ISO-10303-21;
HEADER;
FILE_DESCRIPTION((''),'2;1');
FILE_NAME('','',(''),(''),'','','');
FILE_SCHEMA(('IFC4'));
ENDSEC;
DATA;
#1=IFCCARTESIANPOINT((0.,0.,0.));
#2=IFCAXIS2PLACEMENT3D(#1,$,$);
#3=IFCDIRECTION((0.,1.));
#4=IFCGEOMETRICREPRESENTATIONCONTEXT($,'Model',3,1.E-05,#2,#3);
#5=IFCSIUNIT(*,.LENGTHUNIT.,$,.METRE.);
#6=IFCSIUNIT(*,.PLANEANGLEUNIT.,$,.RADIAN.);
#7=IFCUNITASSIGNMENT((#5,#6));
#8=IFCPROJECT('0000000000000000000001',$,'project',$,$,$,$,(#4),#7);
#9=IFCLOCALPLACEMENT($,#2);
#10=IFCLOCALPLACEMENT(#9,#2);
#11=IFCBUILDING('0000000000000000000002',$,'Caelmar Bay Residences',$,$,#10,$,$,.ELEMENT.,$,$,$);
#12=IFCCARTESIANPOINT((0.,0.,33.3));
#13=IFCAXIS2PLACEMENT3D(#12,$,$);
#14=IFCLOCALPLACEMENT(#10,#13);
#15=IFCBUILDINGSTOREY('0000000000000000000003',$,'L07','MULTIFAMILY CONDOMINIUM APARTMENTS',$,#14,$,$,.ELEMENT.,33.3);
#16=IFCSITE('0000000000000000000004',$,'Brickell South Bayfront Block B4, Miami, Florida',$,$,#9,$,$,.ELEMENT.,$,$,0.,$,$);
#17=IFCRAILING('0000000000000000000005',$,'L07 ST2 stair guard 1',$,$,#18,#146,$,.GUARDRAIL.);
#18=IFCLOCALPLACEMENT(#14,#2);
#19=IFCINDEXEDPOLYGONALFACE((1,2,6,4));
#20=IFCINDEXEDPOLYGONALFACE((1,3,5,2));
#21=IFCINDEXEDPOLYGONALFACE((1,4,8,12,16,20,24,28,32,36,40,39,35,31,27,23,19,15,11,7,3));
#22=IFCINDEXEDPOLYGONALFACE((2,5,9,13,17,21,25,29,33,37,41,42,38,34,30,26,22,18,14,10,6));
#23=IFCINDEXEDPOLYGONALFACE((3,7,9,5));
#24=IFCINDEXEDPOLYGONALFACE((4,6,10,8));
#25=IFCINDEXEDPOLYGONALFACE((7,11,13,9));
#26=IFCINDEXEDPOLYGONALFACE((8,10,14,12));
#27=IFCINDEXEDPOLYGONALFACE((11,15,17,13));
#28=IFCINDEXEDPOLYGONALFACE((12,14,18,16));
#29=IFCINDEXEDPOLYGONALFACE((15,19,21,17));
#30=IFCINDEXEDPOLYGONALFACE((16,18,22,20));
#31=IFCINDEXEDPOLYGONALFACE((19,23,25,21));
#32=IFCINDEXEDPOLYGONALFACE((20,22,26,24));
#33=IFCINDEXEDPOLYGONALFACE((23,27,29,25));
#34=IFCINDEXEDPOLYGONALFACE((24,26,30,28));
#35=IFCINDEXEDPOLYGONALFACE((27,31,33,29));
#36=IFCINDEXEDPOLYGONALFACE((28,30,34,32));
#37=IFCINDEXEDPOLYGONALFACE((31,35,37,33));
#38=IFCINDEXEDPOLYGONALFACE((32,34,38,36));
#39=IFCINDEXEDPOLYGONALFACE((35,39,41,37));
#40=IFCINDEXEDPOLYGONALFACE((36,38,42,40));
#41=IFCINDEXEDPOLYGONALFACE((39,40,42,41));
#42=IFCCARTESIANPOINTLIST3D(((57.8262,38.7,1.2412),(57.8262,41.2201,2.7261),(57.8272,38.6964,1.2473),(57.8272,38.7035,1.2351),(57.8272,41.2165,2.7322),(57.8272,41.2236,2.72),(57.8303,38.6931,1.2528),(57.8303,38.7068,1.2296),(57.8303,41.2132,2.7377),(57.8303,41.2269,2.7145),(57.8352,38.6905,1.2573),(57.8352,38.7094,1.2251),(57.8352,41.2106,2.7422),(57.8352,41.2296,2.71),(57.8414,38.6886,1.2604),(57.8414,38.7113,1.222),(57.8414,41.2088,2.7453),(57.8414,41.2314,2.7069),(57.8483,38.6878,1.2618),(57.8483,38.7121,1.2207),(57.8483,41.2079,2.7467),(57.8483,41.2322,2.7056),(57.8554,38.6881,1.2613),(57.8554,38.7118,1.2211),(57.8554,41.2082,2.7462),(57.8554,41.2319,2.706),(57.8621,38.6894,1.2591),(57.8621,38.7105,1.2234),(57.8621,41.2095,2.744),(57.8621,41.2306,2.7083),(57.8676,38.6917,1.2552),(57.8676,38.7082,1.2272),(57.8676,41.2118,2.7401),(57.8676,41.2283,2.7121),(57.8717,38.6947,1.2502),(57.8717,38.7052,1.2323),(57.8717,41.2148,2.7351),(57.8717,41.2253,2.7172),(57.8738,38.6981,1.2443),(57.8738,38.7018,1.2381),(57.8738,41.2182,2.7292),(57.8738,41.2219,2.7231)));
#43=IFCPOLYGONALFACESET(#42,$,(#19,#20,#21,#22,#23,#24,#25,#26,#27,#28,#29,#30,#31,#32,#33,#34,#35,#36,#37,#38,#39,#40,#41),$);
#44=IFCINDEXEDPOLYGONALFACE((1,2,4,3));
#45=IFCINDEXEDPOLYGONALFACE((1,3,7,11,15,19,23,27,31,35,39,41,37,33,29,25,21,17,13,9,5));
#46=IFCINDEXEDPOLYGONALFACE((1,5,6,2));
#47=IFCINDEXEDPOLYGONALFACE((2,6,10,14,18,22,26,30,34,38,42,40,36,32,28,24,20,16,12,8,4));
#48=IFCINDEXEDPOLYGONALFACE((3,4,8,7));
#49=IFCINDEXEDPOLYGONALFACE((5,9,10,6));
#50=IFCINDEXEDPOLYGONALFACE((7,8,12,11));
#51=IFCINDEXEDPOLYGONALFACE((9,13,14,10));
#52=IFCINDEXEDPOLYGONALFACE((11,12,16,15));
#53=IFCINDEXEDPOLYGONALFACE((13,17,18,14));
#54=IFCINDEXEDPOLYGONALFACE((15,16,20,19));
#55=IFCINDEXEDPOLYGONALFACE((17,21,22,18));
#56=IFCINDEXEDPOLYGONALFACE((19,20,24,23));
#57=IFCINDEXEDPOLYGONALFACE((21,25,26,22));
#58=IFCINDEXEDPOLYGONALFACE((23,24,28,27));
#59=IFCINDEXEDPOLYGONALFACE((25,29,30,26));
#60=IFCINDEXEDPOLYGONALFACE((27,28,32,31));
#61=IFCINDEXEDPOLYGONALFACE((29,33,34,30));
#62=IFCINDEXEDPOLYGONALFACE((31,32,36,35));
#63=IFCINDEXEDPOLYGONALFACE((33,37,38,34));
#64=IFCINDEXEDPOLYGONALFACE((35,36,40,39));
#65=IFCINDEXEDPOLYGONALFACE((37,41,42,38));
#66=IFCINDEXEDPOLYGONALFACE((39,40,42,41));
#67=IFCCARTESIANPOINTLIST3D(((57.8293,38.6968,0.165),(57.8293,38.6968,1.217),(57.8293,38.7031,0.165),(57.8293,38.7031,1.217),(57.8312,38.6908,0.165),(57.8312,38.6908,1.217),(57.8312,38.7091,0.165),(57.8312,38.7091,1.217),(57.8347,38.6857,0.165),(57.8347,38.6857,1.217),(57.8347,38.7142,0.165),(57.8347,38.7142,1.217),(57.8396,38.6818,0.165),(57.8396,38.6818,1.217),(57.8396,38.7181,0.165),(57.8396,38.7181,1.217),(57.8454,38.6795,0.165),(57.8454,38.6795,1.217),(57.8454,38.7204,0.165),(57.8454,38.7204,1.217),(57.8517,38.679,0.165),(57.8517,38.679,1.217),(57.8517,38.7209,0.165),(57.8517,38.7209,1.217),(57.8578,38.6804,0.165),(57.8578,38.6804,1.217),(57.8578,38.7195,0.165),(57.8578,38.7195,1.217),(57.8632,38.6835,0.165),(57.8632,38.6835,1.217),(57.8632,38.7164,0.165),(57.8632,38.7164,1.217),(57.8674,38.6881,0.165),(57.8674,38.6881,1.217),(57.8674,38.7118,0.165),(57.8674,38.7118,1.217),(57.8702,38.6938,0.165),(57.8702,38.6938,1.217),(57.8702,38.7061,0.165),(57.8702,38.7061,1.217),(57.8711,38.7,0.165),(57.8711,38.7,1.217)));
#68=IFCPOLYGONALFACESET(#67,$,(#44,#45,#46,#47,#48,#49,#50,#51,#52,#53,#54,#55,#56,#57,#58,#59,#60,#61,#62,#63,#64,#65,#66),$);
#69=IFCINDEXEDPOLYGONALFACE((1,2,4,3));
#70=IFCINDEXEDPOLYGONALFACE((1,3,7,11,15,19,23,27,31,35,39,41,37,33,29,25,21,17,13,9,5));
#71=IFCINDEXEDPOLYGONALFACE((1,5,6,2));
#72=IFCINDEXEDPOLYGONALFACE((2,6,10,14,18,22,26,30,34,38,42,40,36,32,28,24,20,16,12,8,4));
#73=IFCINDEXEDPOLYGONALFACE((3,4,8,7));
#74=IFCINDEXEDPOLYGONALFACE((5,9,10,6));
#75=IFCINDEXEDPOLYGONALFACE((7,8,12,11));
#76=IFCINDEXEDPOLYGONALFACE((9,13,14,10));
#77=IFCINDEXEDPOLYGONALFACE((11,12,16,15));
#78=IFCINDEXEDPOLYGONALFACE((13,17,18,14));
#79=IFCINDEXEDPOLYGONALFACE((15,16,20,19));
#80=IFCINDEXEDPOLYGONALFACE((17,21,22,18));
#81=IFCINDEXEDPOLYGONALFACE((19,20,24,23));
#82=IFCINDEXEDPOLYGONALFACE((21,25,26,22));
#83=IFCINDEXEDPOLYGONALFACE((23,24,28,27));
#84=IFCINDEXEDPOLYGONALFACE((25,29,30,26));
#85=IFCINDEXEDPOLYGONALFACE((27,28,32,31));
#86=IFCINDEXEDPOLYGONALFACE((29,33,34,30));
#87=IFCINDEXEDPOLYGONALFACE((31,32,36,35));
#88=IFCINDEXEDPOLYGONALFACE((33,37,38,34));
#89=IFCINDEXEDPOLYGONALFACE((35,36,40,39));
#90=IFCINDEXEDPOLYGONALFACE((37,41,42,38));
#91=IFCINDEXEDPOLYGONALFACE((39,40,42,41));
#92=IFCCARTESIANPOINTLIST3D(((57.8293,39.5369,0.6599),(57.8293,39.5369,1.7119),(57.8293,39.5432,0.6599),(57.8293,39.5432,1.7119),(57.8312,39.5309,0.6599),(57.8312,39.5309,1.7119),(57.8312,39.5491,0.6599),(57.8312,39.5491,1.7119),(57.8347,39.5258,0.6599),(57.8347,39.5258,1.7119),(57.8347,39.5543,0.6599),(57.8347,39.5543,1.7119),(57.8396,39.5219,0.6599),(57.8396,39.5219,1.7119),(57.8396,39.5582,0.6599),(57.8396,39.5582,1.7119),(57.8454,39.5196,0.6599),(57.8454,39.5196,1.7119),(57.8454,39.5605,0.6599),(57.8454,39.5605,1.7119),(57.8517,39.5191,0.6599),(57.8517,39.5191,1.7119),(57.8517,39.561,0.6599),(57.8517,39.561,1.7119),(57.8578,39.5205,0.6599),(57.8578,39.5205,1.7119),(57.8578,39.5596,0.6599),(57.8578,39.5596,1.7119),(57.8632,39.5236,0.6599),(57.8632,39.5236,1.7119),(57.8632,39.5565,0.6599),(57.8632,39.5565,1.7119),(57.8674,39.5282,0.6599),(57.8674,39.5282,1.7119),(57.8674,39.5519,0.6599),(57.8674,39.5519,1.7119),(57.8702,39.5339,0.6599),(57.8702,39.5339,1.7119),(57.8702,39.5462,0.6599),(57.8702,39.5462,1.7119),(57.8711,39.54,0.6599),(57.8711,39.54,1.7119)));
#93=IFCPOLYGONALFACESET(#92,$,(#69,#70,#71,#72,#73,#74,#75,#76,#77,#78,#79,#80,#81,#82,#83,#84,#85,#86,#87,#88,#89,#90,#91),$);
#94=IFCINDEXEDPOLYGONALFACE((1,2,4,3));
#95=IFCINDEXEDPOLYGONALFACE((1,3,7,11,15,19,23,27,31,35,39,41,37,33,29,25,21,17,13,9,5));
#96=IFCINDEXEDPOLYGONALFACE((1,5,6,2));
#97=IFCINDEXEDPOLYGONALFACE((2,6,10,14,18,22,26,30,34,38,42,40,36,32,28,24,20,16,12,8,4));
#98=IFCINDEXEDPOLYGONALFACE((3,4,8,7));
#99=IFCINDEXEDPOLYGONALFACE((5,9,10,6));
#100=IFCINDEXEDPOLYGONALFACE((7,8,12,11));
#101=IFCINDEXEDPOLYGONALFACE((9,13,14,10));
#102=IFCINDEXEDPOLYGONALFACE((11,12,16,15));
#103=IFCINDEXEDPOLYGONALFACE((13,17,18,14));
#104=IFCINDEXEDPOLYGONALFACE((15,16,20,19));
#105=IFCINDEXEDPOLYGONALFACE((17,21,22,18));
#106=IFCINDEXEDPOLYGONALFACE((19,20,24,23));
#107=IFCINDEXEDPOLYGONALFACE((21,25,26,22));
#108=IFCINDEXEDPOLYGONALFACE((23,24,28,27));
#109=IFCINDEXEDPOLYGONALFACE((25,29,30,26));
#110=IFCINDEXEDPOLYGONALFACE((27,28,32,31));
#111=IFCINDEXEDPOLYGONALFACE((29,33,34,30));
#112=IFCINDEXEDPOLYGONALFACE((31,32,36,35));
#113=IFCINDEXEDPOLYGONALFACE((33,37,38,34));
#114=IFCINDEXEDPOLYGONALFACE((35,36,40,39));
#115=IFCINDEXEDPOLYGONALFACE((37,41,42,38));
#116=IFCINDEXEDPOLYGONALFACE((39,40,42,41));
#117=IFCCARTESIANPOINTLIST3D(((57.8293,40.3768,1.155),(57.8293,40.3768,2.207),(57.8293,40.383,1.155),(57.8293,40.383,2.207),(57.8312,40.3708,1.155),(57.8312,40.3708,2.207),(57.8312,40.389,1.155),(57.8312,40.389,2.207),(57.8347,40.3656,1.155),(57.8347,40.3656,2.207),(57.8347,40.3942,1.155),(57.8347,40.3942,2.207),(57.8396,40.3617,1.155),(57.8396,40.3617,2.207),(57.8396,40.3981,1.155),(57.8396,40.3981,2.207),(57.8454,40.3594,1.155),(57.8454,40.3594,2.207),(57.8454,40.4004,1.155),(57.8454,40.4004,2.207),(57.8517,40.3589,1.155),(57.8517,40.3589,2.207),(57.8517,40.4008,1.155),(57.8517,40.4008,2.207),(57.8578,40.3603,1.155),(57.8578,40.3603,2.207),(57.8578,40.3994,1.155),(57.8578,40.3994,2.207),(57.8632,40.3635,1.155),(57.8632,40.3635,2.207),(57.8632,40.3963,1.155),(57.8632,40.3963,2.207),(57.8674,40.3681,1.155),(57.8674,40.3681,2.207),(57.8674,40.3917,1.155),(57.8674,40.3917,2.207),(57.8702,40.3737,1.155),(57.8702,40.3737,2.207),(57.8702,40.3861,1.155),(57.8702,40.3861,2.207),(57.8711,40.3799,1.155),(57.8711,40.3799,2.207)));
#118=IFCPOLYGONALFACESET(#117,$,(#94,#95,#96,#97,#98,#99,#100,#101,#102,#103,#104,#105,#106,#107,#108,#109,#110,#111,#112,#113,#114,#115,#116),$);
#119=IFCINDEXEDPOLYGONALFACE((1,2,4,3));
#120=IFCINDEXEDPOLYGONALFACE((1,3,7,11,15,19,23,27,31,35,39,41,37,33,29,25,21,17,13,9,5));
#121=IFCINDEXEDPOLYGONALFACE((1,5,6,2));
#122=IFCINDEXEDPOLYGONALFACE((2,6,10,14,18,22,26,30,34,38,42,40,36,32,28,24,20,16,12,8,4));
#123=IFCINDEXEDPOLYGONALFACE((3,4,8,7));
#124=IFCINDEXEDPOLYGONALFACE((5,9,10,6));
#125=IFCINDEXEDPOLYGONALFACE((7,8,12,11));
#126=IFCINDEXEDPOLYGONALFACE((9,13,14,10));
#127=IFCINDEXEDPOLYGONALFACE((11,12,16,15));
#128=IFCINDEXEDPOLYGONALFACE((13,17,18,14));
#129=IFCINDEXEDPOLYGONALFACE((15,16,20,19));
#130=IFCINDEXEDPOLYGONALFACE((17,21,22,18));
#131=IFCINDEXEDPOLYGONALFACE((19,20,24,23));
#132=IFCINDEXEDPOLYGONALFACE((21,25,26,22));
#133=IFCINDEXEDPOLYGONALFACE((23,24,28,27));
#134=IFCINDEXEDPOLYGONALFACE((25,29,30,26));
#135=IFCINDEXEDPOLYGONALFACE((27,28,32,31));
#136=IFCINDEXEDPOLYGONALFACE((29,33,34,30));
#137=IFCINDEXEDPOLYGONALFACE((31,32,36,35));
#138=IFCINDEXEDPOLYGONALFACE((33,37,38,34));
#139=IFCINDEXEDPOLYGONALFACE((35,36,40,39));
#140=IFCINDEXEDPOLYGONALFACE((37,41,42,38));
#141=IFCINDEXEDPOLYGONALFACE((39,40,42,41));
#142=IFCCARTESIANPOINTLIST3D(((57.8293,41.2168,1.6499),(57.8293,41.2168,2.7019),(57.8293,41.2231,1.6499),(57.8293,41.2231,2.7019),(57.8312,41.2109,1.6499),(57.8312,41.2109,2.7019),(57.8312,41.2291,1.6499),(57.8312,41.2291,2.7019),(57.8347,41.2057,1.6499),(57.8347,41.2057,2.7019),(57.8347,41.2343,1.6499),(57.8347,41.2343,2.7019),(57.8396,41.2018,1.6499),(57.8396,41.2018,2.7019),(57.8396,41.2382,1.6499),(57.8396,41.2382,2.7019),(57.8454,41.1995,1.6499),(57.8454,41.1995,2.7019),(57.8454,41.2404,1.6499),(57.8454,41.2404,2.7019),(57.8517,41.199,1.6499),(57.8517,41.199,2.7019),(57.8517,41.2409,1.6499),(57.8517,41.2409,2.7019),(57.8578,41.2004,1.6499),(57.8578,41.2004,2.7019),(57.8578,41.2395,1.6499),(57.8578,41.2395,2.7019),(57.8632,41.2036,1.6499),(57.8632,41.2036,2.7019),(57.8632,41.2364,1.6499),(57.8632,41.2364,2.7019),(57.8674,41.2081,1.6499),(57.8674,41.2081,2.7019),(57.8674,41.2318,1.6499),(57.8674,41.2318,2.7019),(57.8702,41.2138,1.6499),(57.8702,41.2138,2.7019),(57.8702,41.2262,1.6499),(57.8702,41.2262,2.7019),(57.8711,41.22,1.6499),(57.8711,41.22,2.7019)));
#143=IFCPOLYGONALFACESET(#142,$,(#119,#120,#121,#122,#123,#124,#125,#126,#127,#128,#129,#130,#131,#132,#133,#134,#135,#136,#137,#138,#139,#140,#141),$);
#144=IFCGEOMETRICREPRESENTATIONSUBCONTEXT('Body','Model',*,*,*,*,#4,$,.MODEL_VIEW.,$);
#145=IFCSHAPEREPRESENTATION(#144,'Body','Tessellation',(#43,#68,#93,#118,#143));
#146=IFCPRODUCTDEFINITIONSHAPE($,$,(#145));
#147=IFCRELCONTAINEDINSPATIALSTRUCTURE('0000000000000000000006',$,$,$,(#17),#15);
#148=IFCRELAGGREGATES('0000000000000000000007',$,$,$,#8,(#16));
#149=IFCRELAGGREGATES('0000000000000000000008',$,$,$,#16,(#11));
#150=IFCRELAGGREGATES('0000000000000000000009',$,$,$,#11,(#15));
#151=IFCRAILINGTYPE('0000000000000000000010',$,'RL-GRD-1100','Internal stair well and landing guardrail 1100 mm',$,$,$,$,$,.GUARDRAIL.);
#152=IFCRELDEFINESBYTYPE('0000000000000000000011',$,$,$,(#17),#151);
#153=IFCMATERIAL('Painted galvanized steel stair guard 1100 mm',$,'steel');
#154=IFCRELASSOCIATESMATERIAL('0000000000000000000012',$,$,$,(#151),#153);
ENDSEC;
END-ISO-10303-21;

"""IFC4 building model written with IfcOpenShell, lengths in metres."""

from ifc_helpers import new_model, si_unit, direction, frame, origin, origin_2d, place, context, subcontext, project, spatial, circle, extrude, material, type_object, element, save


model = new_model("IFC4")

# Units and contexts
model_context = context("Model", 3, precision=1e-05, world=origin(), true_north=direction((0.0, 1.0)))
body_context = subcontext(model_context, "Body", "Model", "MODEL_VIEW")
ifc_project = project(units=[si_unit("LENGTHUNIT", "METRE"), si_unit("PLANEANGLEUNIT", "RADIAN")], contexts=[model_context])

# Site, building, storey
site_placement = place(None, origin())
site = spatial("IfcSite", under=ifc_project, at=site_placement, Name="Brickell South Bayfront Block B4, Miami, Florida", CompositionType="ELEMENT", RefElevation=0.0)
building_placement = place(site_placement, origin())
building = spatial("IfcBuilding", under=site, at=building_placement, Name="Caelmar Bay Residences", CompositionType="ELEMENT")
storey_placement = place(building_placement, frame((0.0, 0.0, 33.3)))
storey = spatial("IfcBuildingStorey", under=building, at=storey_placement, Name="L07", Description="MULTIFAMILY CONDOMINIUM APARTMENTS", CompositionType="ELEMENT", Elevation=33.3)

# Railing
ifc_material_1 = material(Name="Painted galvanized steel stair guard 1100 mm", Category="steel")
railing_type_1 = type_object("IfcRailingType", Name="RL-GRD-1100", Description="Internal stair well and landing guardrail 1100 mm", PredefinedType="GUARDRAIL", material=ifc_material_1)
railing_1_placement = place(storey_placement, frame((57.8501, 38.7, 0.165)))
element("IfcRailing", 1, at=railing_1_placement, inside=storey, type_object=railing_type_1, Name="L07 ST2 stair guard 1", PredefinedType="GUARDRAIL", context=body_context, shape_type="SweptSolid", body=[
    extrude(circle(Radius=0.0239, at=origin_2d()), frame((0.0, 0.0, 1.0762), z_axis=(0.0, 0.861561, 0.507655), x_axis=(-1.0, 0.0, 0.0)), (0.0, 0.0, 1.0), 2.925),
    extrude(circle(Radius=0.021, at=origin_2d()), origin(), (0.0, 0.0, 1.0), 1.052),
    extrude(circle(Radius=0.021, at=origin_2d()), frame((0.0, 0.8401, 0.4949)), (0.0, 0.0, 1.0), 1.052),
    extrude(circle(Radius=0.021, at=origin_2d()), frame((0.0, 1.6799, 0.99)), (0.0, 0.0, 1.0), 1.052),
    extrude(circle(Radius=0.021, at=origin_2d()), frame((0.0, 2.52, 1.4849)), (0.0, 0.0, 1.0), 1.052),
])

save(model, "model.ifc")
